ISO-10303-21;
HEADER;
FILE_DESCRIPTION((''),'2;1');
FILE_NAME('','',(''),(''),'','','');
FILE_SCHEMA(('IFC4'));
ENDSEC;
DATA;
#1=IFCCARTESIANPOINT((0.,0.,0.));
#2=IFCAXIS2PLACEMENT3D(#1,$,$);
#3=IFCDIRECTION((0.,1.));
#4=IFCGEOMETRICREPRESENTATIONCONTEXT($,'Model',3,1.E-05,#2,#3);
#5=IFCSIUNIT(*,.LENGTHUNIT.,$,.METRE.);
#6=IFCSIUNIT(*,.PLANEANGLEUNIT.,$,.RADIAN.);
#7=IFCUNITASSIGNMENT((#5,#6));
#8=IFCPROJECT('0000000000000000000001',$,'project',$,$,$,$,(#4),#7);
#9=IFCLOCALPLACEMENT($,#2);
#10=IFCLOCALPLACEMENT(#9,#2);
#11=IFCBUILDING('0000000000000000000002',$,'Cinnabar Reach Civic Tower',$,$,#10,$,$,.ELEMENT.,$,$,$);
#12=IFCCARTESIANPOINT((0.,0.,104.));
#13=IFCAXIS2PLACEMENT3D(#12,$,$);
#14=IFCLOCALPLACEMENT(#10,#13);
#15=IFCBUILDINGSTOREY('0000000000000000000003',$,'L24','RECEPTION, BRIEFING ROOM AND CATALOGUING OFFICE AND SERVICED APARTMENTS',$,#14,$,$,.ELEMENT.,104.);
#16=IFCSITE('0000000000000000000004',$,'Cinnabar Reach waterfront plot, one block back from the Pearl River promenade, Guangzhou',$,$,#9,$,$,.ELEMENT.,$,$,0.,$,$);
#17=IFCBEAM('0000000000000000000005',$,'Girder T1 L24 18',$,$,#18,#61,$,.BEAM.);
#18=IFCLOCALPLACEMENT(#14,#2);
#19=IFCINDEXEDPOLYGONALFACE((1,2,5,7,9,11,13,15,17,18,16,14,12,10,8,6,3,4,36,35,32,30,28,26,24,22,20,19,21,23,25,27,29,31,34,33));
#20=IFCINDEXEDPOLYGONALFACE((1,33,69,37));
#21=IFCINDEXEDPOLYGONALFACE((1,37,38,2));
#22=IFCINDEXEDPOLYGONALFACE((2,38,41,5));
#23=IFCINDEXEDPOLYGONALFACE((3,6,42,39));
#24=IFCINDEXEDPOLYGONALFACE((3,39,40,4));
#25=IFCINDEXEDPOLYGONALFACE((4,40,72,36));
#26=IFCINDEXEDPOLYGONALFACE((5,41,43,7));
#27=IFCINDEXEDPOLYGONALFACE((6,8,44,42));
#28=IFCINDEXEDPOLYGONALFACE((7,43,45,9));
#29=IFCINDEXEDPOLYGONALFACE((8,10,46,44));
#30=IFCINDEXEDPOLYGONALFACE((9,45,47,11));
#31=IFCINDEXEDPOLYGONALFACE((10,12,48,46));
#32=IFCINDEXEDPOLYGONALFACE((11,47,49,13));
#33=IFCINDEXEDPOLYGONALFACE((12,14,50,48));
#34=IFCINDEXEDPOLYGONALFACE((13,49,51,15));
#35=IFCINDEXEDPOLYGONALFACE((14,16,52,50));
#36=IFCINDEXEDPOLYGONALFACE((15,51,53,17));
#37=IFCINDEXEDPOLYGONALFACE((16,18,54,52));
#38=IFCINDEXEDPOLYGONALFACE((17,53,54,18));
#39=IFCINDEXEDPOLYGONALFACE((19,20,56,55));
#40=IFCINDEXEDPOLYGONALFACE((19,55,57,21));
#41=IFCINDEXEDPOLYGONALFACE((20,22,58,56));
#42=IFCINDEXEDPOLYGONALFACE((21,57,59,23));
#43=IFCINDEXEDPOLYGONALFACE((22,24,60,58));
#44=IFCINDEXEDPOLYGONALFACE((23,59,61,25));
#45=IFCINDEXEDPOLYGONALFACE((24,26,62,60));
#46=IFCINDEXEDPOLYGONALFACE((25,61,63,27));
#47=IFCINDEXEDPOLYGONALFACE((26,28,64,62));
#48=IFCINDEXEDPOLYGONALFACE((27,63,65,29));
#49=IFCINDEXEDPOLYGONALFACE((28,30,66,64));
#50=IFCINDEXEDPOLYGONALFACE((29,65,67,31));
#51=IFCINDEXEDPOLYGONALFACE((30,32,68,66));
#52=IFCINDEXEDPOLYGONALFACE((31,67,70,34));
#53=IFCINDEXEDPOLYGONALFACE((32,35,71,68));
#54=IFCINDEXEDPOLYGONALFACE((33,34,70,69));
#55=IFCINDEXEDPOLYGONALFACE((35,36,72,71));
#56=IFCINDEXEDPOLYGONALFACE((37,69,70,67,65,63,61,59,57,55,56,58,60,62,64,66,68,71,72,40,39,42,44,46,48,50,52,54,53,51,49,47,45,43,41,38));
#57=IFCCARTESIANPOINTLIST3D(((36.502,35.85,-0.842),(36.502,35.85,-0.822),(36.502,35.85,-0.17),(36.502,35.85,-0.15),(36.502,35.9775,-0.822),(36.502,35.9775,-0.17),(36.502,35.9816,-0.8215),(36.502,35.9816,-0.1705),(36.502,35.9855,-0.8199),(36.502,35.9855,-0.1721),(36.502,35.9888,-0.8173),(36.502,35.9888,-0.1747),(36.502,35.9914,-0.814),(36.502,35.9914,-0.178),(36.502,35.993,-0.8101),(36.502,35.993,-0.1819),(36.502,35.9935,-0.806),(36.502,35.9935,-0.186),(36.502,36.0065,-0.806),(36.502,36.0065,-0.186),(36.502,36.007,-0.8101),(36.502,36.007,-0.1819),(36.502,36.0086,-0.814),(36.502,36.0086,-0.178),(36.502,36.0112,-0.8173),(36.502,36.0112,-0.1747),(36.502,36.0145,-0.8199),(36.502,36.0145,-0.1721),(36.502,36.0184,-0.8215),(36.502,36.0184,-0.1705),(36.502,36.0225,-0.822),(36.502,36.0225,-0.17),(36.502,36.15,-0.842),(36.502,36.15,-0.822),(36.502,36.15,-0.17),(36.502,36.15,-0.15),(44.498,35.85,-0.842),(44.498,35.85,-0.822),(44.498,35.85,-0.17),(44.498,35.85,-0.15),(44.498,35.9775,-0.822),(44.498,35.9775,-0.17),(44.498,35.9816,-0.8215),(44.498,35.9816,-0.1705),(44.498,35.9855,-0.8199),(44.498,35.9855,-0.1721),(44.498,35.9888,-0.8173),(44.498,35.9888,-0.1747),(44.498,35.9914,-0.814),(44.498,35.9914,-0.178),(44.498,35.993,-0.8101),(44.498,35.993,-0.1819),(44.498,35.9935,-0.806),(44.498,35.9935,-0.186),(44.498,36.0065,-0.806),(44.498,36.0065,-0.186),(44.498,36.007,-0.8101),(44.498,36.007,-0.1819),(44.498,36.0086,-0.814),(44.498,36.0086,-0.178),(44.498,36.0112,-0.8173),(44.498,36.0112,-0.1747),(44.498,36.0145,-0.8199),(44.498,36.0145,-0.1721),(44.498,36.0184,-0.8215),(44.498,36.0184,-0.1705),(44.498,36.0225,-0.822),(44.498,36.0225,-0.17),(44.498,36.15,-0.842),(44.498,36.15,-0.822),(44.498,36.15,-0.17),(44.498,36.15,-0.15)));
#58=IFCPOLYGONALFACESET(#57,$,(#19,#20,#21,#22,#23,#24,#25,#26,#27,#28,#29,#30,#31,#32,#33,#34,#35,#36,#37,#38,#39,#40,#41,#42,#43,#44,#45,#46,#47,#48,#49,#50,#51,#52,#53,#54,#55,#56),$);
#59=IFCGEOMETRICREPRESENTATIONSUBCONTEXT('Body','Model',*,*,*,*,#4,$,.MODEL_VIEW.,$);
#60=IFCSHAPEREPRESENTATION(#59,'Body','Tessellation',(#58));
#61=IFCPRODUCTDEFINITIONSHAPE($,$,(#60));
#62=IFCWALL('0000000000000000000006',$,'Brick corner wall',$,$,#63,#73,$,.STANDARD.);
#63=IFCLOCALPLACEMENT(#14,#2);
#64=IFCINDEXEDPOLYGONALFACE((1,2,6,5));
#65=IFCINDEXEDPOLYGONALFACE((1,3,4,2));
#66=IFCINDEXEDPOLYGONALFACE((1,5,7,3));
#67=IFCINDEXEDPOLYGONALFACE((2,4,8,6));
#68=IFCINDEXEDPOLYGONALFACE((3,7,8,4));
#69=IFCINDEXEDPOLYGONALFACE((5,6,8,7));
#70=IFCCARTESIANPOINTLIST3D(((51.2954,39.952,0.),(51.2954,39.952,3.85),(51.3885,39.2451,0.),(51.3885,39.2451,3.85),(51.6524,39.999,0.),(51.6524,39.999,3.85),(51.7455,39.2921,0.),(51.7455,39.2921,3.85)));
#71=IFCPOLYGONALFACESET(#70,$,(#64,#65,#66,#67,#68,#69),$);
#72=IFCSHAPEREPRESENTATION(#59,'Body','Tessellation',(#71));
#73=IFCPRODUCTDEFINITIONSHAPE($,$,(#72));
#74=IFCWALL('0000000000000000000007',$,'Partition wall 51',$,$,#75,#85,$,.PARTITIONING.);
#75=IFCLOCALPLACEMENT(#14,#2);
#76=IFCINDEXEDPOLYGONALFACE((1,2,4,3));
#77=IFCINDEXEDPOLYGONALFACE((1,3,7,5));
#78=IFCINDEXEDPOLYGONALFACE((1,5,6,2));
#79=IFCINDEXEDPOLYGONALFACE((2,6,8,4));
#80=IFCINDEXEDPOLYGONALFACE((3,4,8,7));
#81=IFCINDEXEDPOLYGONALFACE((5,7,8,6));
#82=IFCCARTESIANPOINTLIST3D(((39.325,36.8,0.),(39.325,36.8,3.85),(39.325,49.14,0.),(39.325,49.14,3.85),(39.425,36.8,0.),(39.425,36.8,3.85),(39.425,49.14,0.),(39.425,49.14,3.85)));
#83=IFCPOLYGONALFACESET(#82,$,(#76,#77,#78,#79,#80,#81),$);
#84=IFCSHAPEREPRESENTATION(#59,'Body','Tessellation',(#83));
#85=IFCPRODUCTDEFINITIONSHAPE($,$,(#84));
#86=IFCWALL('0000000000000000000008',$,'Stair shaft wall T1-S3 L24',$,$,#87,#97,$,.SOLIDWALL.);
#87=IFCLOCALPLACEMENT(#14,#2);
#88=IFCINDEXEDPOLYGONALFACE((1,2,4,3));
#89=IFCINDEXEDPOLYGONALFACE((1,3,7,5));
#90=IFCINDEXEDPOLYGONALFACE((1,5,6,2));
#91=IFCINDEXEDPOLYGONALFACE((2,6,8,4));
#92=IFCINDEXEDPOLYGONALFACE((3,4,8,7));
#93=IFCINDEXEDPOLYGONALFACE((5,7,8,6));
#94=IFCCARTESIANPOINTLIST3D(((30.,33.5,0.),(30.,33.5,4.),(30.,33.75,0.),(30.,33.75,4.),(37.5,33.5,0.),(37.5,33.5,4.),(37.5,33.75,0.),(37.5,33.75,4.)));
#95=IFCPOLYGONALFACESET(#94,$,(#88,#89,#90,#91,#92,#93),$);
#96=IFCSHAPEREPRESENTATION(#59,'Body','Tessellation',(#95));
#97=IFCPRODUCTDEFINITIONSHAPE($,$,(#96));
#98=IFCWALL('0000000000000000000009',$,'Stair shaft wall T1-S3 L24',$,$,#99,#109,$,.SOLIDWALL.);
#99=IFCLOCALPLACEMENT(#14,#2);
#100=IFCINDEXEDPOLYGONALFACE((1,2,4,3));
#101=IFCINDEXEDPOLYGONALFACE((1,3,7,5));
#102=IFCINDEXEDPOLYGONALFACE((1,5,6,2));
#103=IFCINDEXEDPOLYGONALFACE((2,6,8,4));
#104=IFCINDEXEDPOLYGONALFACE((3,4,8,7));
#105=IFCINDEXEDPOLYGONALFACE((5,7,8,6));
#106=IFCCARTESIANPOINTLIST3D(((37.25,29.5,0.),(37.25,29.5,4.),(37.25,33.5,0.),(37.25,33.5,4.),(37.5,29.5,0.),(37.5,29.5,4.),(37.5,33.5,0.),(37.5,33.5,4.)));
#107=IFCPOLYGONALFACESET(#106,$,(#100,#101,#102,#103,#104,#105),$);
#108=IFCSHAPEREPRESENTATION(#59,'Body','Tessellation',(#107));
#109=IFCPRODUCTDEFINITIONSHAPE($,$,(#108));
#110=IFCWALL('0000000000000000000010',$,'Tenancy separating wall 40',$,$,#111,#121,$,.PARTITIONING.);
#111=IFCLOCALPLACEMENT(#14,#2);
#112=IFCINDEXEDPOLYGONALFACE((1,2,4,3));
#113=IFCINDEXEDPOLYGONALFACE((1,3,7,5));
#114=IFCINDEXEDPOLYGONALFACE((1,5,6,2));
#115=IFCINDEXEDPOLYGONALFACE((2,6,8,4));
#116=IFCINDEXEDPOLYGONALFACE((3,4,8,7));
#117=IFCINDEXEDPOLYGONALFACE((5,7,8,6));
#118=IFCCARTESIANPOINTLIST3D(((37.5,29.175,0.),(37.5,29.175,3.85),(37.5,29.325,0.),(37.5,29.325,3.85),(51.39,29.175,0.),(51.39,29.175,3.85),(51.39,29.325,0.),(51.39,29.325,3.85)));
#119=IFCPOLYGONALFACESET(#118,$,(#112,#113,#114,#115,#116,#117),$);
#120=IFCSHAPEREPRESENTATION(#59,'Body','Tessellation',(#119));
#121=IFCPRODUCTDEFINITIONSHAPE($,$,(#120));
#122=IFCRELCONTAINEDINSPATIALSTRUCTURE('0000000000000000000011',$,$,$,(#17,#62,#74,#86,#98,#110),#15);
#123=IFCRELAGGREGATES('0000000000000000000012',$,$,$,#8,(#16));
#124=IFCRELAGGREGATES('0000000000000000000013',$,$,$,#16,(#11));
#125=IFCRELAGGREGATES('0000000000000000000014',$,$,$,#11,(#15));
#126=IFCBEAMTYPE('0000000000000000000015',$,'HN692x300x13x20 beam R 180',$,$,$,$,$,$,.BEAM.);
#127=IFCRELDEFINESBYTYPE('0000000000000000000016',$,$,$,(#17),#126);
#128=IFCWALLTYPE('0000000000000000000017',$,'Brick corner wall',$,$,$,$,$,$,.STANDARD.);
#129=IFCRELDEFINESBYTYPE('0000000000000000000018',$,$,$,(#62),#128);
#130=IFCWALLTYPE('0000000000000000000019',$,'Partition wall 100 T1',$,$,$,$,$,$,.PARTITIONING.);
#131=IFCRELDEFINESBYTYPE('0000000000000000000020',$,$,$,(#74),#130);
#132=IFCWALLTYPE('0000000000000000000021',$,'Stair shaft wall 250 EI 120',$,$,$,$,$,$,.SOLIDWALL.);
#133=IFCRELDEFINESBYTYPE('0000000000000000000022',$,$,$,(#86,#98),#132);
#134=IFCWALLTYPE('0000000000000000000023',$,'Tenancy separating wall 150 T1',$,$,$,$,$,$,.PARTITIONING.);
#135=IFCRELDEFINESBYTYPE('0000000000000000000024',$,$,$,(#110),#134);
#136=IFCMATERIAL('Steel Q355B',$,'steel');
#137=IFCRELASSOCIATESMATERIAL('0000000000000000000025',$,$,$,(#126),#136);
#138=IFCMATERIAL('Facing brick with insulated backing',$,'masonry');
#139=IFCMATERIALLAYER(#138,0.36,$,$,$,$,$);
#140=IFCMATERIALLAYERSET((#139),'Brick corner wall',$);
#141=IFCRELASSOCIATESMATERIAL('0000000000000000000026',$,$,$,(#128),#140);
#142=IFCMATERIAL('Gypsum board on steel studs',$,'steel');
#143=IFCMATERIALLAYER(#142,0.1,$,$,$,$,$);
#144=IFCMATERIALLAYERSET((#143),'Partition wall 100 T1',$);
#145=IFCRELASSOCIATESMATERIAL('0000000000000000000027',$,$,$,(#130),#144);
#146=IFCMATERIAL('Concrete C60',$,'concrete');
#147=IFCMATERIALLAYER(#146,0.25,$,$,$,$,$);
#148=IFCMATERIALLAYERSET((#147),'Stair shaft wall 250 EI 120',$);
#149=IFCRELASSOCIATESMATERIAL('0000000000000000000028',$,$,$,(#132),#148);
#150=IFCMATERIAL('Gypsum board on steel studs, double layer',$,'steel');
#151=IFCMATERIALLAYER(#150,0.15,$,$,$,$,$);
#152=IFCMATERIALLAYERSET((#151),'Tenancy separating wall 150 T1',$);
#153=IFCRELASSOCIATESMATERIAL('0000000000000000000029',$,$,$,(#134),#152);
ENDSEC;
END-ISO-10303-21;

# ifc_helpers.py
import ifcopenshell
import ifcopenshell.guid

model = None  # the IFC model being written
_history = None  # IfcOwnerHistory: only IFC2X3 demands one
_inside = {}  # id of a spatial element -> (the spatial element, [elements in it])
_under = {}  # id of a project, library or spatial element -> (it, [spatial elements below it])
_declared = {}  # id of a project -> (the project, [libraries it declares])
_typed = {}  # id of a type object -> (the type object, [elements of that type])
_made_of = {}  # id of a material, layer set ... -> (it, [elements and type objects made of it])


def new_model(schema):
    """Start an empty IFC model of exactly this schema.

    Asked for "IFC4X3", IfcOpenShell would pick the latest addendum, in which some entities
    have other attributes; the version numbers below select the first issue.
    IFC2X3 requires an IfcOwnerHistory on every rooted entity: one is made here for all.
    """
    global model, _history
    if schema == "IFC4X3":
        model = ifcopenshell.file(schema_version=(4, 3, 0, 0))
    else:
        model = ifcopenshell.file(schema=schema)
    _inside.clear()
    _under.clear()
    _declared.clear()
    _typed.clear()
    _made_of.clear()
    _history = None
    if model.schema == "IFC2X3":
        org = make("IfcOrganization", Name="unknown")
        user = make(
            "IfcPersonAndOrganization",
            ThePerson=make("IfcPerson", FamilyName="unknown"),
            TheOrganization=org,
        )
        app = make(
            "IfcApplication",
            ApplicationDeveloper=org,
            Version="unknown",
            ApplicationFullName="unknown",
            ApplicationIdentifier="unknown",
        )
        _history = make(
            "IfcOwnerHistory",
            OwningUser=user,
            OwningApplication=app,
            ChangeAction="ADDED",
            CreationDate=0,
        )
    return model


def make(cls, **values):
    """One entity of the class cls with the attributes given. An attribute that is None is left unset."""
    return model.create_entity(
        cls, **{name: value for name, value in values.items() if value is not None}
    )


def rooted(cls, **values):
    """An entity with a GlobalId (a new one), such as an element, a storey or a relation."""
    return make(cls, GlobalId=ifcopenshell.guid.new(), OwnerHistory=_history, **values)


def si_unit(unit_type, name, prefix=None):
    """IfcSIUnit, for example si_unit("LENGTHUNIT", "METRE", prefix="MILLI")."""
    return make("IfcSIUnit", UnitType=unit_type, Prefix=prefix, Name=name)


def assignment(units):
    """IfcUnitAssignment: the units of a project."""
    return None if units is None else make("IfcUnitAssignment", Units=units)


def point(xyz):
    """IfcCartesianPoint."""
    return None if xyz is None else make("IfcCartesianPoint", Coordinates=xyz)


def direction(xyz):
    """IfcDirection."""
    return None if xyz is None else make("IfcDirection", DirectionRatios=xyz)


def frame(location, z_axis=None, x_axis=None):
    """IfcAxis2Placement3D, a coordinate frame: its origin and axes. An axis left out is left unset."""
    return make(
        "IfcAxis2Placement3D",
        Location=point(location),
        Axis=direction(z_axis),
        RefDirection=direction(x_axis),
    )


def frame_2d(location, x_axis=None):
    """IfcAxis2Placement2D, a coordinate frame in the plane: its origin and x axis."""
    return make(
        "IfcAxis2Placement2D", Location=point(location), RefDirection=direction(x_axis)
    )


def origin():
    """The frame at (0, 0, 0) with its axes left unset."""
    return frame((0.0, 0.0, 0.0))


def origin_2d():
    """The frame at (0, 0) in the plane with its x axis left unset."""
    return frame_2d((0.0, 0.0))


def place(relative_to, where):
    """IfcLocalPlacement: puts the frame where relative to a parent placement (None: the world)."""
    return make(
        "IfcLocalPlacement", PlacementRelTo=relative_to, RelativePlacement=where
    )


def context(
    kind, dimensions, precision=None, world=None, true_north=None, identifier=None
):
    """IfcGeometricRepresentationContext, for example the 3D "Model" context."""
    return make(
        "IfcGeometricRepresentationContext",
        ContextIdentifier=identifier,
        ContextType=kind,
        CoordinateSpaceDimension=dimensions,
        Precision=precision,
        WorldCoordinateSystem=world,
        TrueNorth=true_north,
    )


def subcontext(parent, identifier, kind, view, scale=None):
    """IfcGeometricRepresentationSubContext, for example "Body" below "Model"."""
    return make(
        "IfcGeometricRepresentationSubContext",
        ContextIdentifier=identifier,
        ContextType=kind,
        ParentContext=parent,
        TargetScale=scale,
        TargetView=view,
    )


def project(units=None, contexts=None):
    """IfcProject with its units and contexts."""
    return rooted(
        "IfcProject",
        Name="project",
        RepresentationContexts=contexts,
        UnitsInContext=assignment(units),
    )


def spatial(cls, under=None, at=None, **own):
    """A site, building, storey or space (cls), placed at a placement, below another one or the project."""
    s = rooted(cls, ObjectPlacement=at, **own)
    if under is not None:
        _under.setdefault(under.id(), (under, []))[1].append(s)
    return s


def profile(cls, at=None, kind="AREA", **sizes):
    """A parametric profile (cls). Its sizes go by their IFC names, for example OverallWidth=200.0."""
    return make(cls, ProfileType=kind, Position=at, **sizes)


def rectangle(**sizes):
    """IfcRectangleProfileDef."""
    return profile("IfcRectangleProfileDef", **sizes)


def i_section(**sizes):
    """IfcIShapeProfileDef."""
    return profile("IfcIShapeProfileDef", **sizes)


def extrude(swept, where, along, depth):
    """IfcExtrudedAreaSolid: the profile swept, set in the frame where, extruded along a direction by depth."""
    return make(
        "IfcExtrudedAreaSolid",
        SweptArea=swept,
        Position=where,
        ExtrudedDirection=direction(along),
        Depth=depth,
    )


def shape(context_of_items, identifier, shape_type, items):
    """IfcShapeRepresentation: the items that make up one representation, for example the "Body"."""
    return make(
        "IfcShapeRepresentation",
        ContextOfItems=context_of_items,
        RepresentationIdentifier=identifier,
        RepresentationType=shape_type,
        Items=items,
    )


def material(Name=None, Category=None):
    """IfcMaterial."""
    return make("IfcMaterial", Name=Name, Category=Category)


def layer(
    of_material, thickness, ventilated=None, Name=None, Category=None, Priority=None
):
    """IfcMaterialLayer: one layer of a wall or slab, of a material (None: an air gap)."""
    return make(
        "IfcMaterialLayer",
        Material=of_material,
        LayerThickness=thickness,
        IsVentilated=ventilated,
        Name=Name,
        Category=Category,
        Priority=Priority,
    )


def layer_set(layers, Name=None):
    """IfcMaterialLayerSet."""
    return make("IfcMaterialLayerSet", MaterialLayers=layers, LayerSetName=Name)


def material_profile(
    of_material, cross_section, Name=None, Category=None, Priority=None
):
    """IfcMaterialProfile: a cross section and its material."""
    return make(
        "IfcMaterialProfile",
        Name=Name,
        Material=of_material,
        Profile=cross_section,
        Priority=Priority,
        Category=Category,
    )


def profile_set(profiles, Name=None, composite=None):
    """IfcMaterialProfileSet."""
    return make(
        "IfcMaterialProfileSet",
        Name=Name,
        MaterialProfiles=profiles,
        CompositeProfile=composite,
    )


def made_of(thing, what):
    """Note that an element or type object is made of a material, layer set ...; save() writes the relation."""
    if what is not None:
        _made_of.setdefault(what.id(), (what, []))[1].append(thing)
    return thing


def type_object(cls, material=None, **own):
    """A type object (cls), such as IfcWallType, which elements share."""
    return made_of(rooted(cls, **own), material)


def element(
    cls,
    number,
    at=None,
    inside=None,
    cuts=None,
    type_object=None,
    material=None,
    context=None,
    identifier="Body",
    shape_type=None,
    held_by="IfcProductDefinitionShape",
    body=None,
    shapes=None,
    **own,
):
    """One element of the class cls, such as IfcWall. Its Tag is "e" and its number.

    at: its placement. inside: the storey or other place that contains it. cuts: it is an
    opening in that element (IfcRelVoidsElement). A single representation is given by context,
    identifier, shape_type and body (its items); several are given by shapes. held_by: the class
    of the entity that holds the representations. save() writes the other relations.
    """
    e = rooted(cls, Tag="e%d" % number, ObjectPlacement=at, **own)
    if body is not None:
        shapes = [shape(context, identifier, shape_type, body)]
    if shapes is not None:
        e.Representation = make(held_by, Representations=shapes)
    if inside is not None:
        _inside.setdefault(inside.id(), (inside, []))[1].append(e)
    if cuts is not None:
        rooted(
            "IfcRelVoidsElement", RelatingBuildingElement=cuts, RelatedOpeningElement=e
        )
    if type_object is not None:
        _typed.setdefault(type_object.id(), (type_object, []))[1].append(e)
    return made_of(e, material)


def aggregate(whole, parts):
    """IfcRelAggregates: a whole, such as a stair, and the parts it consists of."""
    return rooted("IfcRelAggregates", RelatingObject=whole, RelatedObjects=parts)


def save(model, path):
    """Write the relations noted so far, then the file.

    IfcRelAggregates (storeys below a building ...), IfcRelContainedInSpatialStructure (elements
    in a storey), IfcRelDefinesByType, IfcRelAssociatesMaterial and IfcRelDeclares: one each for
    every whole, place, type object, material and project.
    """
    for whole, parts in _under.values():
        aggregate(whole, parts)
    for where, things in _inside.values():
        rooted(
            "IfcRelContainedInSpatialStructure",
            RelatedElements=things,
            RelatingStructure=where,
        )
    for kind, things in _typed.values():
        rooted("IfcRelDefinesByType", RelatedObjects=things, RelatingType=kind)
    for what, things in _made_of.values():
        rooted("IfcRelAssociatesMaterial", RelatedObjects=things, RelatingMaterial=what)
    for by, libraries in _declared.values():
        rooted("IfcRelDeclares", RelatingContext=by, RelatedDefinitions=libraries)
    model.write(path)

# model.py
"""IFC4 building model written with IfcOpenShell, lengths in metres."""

from ifc_helpers import new_model, si_unit, direction, frame, frame_2d, origin, origin_2d, place, context, subcontext, project, spatial, rectangle, i_section, extrude, material, layer, layer_set, material_profile, profile_set, type_object, element, save


model = new_model("IFC4")

# Units and contexts
model_context = context("Model", 3, precision=1e-05, world=origin(), true_north=direction((0.0, 1.0)))
body_context = subcontext(model_context, "Body", "Model", "MODEL_VIEW")
ifc_project = project(units=[si_unit("LENGTHUNIT", "METRE"), si_unit("PLANEANGLEUNIT", "RADIAN")], contexts=[model_context])

# Site, building, storey
site_placement = place(None, origin())
site = spatial("IfcSite", under=ifc_project, at=site_placement, Name="Cinnabar Reach waterfront plot, one block back from the Pearl River promenade, Guangzhou", CompositionType="ELEMENT", RefElevation=0.0)
building_placement = place(site_placement, origin())
building = spatial("IfcBuilding", under=site, at=building_placement, Name="Cinnabar Reach Civic Tower", CompositionType="ELEMENT")
storey_placement = place(building_placement, frame((0.0, 0.0, 104.0)))
storey = spatial("IfcBuildingStorey", under=building, at=storey_placement, Name="L24", Description="RECEPTION, BRIEFING ROOM AND CATALOGUING OFFICE AND SERVICED APARTMENTS", CompositionType="ELEMENT", Elevation=104.0)

# Beam
ifc_material_1 = material(Name="Steel Q355B", Category="steel")
ifc_material_profile_1 = material_profile(ifc_material_1, i_section(OverallWidth=0.3, OverallDepth=0.692, WebThickness=0.013, FlangeThickness=0.02, FilletRadius=0.016, at=origin_2d()), Name="HN692x300x13x20")
ifc_profile_set_1 = profile_set([ifc_material_profile_1], Name="Steel Q355B")
beam_type_1 = type_object("IfcBeamType", Name="HN692x300x13x20 beam R 180", PredefinedType="BEAM", material=ifc_profile_set_1)
beam_1_placement = place(storey_placement, frame((36.502, 36.0, -0.496), z_axis=(1.0, 0.0, 0.0), x_axis=(0.0, 1.0, 0.0)))
element("IfcBeam", 1, at=beam_1_placement, inside=storey, type_object=beam_type_1, Name="Girder T1 L24 18", PredefinedType="BEAM", context=body_context, shape_type="SweptSolid", body=[
    extrude(i_section(OverallWidth=0.3, OverallDepth=0.692, WebThickness=0.013, FlangeThickness=0.02, FilletRadius=0.016, at=origin_2d()), origin(), (0.0, 0.0, 1.0), 7.996),
])

# Walls
ifc_material_2 = material(Name="Facing brick with insulated backing", Category="masonry")
ifc_layer_1 = layer(ifc_material_2, 0.36)
ifc_layer_set_1 = layer_set([ifc_layer_1], Name="Brick corner wall")
wall_type_1 = type_object("IfcWallType", Name="Brick corner wall", PredefinedType="STANDARD", material=ifc_layer_set_1)
wall_1_placement = place(storey_placement, frame((51.567, 39.2686, 0.0), z_axis=(0.0, 0.0, 1.0), x_axis=(-0.130556, 0.991441, 0.0)))
element("IfcWall", 2, at=wall_1_placement, inside=storey, type_object=wall_type_1, Name="Brick corner wall", PredefinedType="STANDARD", context=body_context, shape_type="SweptSolid", body=[
    extrude(rectangle(XDim=0.7131, YDim=0.36, at=frame_2d((0.3565, 0.0))), origin(), (0.0, 0.0, 1.0), 3.85),
])
ifc_material_3 = material(Name="Gypsum board on steel studs", Category="steel")
ifc_layer_2 = layer(ifc_material_3, 0.1)
ifc_layer_set_2 = layer_set([ifc_layer_2], Name="Partition wall 100 T1")
wall_type_2 = type_object("IfcWallType", Name="Partition wall 100 T1", PredefinedType="PARTITIONING", material=ifc_layer_set_2)
wall_2_placement = place(storey_placement, frame((39.375, 36.8, 0.0), z_axis=(0.0, 0.0, 1.0), x_axis=(0.0, 1.0, 0.0)))
element("IfcWall", 3, at=wall_2_placement, inside=storey, type_object=wall_type_2, Name="Partition wall 51", PredefinedType="PARTITIONING", context=body_context, shape_type="SweptSolid", body=[
    extrude(rectangle(XDim=12.34, YDim=0.1, at=frame_2d((6.17, 0.0))), origin(), (0.0, 0.0, 1.0), 3.85),
])
ifc_material_4 = material(Name="Concrete C60", Category="concrete")
ifc_layer_3 = layer(ifc_material_4, 0.25)
ifc_layer_set_3 = layer_set([ifc_layer_3], Name="Stair shaft wall 250 EI 120")
wall_type_3 = type_object("IfcWallType", Name="Stair shaft wall 250 EI 120", PredefinedType="SOLIDWALL", material=ifc_layer_set_3)
wall_3_placement = place(storey_placement, frame((37.5, 33.625, 0.0), z_axis=(0.0, 0.0, 1.0), x_axis=(-1.0, 0.0, 0.0)))
element("IfcWall", 4, at=wall_3_placement, inside=storey, type_object=wall_type_3, Name="Stair shaft wall T1-S3 L24", PredefinedType="SOLIDWALL", context=body_context, shape_type="SweptSolid", body=[
    extrude(rectangle(XDim=7.5, YDim=0.25, at=frame_2d((3.75, 0.0))), origin(), (0.0, 0.0, 1.0), 4.0),
])
wall_4_placement = place(storey_placement, frame((37.375, 29.5, 0.0), z_axis=(0.0, 0.0, 1.0), x_axis=(0.0, 1.0, 0.0)))
element("IfcWall", 5, at=wall_4_placement, inside=storey, type_object=wall_type_3, Name="Stair shaft wall T1-S3 L24", PredefinedType="SOLIDWALL", context=body_context, shape_type="SweptSolid", body=[
    extrude(rectangle(XDim=4.0, YDim=0.25, at=frame_2d((2.0, 0.0))), origin(), (0.0, 0.0, 1.0), 4.0),
])
ifc_material_5 = material(Name="Gypsum board on steel studs, double layer", Category="steel")
ifc_layer_4 = layer(ifc_material_5, 0.15)
ifc_layer_set_4 = layer_set([ifc_layer_4], Name="Tenancy separating wall 150 T1")
wall_type_4 = type_object("IfcWallType", Name="Tenancy separating wall 150 T1", PredefinedType="PARTITIONING", material=ifc_layer_set_4)
wall_5_placement = place(storey_placement, frame((37.5, 29.25, 0.0), z_axis=(0.0, 0.0, 1.0), x_axis=(1.0, 0.0, 0.0)))
element("IfcWall", 6, at=wall_5_placement, inside=storey, type_object=wall_type_4, Name="Tenancy separating wall 40", PredefinedType="PARTITIONING", context=body_context, shape_type="SweptSolid", body=[
    extrude(rectangle(XDim=13.89, YDim=0.15, at=frame_2d((6.945, 0.0))), origin(), (0.0, 0.0, 1.0), 3.85),
])

save(model, "model.ifc")
